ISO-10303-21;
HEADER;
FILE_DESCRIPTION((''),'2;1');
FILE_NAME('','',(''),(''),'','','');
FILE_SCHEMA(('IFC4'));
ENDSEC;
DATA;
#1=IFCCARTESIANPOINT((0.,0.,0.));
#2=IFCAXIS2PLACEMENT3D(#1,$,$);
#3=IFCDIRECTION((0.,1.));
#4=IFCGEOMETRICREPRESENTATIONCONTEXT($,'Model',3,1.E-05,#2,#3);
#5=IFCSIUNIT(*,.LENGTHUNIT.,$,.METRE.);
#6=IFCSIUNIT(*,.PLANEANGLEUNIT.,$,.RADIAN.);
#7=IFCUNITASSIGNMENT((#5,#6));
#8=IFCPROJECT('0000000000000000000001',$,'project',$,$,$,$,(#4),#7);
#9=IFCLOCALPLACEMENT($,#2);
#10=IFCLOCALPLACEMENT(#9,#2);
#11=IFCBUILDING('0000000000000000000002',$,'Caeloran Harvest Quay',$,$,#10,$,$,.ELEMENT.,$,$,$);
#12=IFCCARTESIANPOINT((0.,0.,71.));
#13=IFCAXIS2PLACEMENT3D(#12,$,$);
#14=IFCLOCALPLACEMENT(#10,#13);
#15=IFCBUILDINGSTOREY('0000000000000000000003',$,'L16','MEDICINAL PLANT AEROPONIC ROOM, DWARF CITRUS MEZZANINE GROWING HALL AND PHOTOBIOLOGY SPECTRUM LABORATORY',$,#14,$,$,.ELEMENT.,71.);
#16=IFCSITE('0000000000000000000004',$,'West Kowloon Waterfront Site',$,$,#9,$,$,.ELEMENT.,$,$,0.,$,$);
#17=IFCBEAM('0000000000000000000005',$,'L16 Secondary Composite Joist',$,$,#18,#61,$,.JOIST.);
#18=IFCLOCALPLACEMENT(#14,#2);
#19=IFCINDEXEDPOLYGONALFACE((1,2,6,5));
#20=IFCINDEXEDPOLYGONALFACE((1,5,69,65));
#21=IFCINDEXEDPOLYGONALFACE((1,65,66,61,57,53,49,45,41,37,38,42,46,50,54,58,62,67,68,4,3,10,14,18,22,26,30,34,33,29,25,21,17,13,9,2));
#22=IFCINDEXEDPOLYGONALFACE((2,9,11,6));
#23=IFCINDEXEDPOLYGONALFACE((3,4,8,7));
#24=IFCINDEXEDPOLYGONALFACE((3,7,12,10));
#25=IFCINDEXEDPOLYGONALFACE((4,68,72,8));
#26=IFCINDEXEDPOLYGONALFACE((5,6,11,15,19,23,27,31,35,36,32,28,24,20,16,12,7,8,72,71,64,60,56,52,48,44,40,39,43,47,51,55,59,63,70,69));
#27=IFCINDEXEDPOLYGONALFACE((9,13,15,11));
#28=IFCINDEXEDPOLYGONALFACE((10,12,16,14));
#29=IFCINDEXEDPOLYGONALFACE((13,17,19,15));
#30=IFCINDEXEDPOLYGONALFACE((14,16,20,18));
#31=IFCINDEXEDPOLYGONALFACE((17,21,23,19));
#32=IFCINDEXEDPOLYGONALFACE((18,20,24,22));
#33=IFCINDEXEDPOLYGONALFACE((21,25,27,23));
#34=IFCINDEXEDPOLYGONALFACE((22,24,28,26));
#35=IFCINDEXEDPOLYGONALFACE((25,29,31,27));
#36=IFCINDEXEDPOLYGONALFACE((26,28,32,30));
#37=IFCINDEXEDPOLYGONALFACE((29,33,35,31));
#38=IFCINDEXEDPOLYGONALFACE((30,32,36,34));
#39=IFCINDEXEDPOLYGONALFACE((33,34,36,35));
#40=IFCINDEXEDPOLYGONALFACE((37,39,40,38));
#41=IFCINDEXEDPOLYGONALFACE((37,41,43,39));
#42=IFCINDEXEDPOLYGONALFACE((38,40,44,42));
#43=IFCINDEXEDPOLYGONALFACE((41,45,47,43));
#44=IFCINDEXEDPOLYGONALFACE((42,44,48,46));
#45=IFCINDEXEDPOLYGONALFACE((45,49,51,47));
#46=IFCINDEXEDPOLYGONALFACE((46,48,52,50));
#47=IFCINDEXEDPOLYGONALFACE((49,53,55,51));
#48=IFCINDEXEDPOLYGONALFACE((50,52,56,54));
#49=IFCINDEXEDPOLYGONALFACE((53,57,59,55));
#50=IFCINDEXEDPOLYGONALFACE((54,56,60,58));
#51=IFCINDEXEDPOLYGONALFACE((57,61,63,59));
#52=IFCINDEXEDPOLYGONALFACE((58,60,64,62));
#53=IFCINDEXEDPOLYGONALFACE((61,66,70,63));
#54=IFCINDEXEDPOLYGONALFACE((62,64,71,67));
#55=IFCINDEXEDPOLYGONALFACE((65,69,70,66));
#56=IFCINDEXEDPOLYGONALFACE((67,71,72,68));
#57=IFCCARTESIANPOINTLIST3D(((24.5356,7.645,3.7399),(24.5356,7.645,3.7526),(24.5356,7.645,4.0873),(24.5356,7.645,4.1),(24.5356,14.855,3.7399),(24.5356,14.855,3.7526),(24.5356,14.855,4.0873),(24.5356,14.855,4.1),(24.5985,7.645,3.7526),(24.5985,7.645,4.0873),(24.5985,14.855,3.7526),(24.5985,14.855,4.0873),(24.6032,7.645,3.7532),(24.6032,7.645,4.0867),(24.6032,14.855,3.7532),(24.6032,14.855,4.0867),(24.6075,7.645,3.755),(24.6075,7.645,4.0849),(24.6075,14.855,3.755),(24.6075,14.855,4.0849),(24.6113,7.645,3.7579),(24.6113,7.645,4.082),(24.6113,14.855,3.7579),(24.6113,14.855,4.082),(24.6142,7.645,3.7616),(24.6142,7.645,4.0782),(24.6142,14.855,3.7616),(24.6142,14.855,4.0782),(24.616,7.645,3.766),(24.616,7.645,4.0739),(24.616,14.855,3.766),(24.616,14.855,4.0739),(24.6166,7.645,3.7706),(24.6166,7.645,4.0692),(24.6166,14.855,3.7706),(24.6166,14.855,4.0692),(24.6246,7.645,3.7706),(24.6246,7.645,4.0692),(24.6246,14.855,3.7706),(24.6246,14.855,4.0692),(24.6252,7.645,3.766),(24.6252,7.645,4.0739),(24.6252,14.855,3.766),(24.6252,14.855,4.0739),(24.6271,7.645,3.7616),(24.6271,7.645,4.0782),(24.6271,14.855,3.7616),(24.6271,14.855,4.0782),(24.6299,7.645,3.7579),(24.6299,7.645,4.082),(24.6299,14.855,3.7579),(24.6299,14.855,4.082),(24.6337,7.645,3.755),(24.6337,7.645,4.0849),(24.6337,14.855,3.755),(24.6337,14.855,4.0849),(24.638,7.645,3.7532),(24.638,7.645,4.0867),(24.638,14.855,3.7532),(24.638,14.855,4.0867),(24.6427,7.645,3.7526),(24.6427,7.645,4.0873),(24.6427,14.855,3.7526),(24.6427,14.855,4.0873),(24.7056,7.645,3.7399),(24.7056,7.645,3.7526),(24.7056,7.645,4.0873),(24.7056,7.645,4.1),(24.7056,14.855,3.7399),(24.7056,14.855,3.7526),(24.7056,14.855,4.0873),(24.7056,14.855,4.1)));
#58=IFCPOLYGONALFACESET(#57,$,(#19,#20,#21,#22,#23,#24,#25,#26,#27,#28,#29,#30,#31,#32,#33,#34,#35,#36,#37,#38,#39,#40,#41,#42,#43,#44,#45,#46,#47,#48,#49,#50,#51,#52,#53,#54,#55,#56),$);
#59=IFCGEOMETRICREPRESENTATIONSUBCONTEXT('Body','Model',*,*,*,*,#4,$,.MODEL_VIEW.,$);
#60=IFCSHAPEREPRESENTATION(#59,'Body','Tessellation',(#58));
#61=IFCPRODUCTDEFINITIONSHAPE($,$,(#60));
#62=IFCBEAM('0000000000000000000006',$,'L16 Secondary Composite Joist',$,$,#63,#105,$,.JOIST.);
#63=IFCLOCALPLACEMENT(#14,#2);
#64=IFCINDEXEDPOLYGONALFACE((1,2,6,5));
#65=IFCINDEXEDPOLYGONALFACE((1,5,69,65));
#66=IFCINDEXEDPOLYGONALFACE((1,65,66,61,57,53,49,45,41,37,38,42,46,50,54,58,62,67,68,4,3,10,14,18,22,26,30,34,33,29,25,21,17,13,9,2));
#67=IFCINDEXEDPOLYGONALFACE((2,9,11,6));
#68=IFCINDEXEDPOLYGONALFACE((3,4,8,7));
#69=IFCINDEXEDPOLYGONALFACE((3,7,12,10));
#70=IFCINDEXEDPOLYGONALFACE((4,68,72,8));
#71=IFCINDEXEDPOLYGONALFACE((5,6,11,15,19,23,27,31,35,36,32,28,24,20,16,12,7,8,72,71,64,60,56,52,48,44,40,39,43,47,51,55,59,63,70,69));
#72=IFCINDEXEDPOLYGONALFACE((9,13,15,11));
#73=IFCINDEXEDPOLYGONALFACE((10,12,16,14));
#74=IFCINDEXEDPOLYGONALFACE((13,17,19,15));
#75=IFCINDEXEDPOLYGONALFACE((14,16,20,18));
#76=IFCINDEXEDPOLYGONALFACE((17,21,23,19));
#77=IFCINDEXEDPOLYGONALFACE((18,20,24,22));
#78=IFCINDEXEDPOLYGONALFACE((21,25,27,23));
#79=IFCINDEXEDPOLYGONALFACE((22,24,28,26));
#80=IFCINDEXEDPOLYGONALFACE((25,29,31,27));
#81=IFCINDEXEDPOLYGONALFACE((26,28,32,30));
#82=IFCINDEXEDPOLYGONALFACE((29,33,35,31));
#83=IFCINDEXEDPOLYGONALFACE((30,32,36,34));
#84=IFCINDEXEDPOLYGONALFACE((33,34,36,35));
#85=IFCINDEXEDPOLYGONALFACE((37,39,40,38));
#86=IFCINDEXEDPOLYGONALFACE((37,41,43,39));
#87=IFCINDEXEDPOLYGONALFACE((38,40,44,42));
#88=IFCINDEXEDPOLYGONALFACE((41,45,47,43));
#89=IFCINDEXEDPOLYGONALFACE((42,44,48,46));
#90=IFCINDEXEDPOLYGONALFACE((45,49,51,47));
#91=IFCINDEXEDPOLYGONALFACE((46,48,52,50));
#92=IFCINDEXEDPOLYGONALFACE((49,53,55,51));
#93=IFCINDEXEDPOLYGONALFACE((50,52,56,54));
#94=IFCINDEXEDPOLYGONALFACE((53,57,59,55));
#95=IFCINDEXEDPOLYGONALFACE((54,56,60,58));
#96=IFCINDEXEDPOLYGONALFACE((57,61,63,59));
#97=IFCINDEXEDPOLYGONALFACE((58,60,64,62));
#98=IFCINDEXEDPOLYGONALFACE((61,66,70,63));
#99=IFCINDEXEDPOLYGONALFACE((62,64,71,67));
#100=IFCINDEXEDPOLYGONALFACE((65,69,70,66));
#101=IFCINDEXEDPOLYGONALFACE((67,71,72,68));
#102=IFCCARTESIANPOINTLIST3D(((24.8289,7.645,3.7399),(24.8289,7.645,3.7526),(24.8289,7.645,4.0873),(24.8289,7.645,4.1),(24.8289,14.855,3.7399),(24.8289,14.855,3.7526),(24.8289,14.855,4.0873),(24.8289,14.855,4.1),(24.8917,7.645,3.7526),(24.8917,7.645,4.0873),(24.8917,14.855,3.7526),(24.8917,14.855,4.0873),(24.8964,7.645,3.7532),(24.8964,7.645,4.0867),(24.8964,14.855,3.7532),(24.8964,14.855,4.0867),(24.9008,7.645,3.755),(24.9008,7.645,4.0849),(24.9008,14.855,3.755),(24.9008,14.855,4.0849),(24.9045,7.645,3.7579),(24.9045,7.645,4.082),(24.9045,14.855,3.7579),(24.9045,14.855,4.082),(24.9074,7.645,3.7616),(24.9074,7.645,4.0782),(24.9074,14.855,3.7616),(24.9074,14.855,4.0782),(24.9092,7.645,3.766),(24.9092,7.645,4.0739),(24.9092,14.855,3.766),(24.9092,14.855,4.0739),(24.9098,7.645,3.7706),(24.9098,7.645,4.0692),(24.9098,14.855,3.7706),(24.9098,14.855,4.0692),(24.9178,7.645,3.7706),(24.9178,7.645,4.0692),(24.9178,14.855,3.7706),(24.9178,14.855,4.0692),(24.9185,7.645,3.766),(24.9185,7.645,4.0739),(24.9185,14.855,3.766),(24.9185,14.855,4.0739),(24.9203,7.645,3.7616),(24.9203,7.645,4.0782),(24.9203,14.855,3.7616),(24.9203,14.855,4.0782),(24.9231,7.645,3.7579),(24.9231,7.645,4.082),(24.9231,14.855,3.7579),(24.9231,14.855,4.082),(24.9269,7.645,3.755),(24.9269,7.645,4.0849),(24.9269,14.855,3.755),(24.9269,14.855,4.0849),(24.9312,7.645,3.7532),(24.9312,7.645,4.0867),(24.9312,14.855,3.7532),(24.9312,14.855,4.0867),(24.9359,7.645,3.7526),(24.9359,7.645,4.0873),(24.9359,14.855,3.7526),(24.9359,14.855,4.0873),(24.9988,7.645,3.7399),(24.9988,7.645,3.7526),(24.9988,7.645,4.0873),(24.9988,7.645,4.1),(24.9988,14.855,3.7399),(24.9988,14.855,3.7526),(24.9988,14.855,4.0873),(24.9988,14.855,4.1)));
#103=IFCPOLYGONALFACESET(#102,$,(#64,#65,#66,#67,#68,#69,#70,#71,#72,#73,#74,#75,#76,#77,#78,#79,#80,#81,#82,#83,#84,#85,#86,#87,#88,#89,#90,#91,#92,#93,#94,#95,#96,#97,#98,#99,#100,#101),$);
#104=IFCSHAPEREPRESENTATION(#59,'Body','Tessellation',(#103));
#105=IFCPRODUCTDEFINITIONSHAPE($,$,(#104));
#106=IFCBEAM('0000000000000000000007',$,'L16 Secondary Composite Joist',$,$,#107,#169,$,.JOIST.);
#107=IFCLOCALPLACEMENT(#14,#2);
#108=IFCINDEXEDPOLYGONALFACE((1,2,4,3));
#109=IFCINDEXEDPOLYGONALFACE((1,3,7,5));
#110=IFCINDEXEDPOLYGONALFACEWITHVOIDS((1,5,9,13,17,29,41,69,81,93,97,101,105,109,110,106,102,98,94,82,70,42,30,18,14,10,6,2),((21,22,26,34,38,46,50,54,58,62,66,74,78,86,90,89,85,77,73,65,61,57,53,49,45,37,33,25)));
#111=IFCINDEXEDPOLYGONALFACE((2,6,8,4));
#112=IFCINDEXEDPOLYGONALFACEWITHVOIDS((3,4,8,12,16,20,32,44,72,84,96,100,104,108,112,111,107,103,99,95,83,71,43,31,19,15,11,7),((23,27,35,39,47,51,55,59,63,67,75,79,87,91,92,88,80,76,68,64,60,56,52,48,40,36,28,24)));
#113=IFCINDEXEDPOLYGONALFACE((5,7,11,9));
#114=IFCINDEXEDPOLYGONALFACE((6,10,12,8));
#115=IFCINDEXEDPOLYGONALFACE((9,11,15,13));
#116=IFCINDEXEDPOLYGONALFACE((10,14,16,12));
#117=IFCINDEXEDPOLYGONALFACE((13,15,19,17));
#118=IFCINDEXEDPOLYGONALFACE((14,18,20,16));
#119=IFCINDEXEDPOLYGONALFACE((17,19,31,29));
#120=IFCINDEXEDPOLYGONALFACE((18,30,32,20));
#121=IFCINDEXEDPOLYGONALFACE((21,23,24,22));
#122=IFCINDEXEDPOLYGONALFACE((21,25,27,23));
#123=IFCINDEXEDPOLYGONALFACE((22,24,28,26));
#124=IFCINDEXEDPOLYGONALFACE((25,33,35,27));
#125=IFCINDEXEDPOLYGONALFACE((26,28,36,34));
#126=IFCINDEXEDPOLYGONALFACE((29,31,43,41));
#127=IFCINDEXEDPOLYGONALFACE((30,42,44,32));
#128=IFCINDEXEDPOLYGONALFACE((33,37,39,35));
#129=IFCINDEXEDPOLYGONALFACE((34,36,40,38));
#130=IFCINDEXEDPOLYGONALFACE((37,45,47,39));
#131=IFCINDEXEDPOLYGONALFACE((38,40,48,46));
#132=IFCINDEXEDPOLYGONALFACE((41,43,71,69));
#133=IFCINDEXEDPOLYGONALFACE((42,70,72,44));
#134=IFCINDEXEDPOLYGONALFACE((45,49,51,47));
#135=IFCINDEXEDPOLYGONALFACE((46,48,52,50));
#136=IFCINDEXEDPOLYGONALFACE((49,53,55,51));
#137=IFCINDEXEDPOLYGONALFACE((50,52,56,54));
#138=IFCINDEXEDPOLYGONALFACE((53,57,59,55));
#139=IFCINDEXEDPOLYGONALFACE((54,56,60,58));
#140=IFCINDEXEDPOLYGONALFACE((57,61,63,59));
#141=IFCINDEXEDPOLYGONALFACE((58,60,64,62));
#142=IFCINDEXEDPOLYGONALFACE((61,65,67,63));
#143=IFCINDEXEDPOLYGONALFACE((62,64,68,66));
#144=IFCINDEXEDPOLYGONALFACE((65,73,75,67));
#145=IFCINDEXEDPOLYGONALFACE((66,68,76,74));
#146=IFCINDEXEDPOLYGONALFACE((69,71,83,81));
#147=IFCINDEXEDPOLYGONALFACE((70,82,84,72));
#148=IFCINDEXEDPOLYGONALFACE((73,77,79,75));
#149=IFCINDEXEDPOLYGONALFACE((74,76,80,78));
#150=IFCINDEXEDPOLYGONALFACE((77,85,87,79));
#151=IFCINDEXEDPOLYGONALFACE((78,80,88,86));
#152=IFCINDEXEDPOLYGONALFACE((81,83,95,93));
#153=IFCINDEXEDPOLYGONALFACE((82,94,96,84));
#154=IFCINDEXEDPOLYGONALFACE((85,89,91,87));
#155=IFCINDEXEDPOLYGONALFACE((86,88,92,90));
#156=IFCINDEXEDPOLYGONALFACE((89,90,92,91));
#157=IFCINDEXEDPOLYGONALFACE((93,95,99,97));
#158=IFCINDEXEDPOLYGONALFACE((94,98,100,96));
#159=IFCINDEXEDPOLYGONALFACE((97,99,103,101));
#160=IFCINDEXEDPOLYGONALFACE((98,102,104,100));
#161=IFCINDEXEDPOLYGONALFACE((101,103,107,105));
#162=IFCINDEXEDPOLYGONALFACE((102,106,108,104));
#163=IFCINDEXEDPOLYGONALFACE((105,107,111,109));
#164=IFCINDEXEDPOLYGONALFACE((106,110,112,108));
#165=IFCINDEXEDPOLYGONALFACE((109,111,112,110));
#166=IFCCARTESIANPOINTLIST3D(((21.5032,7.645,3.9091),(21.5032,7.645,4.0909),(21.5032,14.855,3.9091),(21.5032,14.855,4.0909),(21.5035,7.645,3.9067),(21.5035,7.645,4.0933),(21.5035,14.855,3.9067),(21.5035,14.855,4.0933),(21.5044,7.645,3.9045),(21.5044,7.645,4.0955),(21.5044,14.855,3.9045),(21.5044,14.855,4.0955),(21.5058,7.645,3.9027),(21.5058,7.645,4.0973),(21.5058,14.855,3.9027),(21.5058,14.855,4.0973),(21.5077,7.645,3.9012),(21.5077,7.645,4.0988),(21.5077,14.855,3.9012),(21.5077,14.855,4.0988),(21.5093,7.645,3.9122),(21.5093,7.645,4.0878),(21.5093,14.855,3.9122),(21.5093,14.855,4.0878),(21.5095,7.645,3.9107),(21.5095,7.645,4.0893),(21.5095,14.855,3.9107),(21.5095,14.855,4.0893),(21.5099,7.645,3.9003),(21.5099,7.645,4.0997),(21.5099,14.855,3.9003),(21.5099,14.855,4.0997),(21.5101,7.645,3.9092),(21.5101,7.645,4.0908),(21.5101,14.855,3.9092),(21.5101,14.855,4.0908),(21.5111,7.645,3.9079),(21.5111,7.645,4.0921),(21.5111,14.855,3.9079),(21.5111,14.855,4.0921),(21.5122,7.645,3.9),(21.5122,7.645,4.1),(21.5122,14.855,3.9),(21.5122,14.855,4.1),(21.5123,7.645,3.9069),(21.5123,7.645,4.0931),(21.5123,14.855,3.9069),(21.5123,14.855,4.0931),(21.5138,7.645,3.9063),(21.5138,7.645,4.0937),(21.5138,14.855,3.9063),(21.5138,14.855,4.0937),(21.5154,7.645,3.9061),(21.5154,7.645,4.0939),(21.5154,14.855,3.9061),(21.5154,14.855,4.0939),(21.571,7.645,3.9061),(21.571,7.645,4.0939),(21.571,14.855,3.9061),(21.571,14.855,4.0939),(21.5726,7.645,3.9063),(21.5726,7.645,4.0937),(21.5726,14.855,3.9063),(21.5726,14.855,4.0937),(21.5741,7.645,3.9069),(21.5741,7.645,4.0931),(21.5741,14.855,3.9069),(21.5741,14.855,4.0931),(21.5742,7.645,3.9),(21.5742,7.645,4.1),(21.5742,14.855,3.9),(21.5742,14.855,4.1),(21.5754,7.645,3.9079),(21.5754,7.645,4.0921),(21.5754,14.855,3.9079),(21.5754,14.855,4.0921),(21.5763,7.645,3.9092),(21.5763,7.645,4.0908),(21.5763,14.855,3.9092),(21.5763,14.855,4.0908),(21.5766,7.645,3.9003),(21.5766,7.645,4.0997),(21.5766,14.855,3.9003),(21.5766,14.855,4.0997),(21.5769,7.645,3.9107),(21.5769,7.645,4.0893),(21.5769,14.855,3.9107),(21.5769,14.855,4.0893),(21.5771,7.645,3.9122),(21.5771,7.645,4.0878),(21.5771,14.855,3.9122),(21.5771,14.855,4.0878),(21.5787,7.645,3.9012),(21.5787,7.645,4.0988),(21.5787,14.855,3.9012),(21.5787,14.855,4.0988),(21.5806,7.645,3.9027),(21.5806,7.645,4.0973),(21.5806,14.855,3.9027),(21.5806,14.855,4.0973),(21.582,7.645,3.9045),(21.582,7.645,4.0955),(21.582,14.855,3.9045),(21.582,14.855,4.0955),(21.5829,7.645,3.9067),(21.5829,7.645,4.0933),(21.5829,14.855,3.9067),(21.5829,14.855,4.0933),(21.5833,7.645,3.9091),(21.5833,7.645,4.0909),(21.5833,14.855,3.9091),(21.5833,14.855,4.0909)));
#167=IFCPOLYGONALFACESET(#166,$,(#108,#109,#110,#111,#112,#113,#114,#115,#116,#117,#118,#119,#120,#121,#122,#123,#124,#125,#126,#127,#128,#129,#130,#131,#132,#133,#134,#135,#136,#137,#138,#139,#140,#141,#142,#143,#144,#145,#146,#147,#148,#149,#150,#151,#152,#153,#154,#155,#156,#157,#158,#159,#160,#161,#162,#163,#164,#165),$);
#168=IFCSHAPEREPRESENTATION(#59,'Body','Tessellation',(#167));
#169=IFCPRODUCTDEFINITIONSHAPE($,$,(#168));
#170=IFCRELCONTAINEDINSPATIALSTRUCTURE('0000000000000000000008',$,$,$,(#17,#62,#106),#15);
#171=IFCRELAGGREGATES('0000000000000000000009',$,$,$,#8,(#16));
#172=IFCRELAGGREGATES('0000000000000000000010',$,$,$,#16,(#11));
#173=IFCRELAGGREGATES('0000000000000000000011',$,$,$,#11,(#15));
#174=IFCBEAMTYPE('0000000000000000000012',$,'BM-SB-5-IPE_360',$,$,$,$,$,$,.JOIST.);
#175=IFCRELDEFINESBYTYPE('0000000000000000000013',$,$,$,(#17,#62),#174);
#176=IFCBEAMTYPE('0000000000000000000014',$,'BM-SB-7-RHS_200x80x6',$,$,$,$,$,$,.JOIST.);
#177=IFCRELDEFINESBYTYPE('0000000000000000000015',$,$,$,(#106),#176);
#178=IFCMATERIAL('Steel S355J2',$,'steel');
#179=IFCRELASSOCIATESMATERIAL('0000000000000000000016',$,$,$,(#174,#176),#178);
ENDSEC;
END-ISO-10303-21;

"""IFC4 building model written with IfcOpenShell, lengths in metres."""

from ifc_helpers import new_model, si_unit, direction, frame, origin, origin_2d, place, context, subcontext, project, spatial, hollow_rectangle, i_section, extrude, material, material_profile, profile_set, type_object, element, save


model = new_model("IFC4")

# Units and contexts
model_context = context("Model", 3, precision=1e-05, world=origin(), true_north=direction((0.0, 1.0)))
body_context = subcontext(model_context, "Body", "Model", "MODEL_VIEW")
ifc_project = project(units=[si_unit("LENGTHUNIT", "METRE"), si_unit("PLANEANGLEUNIT", "RADIAN")], contexts=[model_context])

# Site, building, storey
site_placement = place(None, origin())
site = spatial("IfcSite", under=ifc_project, at=site_placement, Name="West Kowloon Waterfront Site", CompositionType="ELEMENT", RefElevation=0.0)
building_placement = place(site_placement, origin())
building = spatial("IfcBuilding", under=site, at=building_placement, Name="Caeloran Harvest Quay", CompositionType="ELEMENT")
storey_placement = place(building_placement, frame((0.0, 0.0, 71.0)))
storey = spatial("IfcBuildingStorey", under=building, at=storey_placement, Name="L16", Description="MEDICINAL PLANT AEROPONIC ROOM, DWARF CITRUS MEZZANINE GROWING HALL AND PHOTOBIOLOGY SPECTRUM LABORATORY", CompositionType="ELEMENT", Elevation=71.0)

# Beams
ifc_material_1 = material(Name="Steel S355J2", Category="steel")
ifc_material_profile_1 = material_profile(ifc_material_1, i_section(OverallWidth=0.1699, OverallDepth=0.3601, WebThickness=0.0081, FlangeThickness=0.0127, FilletRadius=0.0181, at=origin_2d()), Name="IPE 360")
ifc_profile_set_1 = profile_set([ifc_material_profile_1], Name="Steel S355J2")
beam_type_1 = type_object("IfcBeamType", Name="BM-SB-5-IPE_360", PredefinedType="JOIST", material=ifc_profile_set_1)
for number, where, z_axis, x_axis, name in (
    (1, (24.6206, 7.645, 3.9199), (0.0, 1.0, 0.0), (-1.0, 0.0, 0.0), "L16 Secondary Composite Joist"),
    (2, (24.9138, 7.645, 3.9199), (0.0, 1.0, 0.0), (-1.0, 0.0, 0.0), "L16 Secondary Composite Joist"),
):
    element("IfcBeam", number, at=place(storey_placement, frame(where, z_axis=z_axis, x_axis=x_axis)), inside=storey, type_object=beam_type_1, Name=name, PredefinedType="JOIST", context=body_context, shape_type="SweptSolid", body=[
        extrude(i_section(OverallWidth=0.1699, OverallDepth=0.3601, WebThickness=0.0081, FlangeThickness=0.0127, FilletRadius=0.0181, at=origin_2d()), origin(), (0.0, 0.0, 1.0), 7.21),
    ])
ifc_material_profile_2 = material_profile(ifc_material_1, hollow_rectangle(XDim=0.0801, YDim=0.2, WallThickness=0.0061, InnerFilletRadius=0.0061, OuterFilletRadius=0.009, at=origin_2d()), Name="RHS 200x80x6")
ifc_profile_set_2 = profile_set([ifc_material_profile_2], Name="Steel S355J2")
beam_type_2 = type_object("IfcBeamType", Name="BM-SB-7-RHS_200x80x6", PredefinedType="JOIST", material=ifc_profile_set_2)
for number, where, z_axis, x_axis, name in (
    (3, (21.5432, 7.645, 4.0), (0.0, 1.0, 0.0), (-1.0, 0.0, 0.0), "L16 Secondary Composite Joist"),
):
    element("IfcBeam", number, at=place(storey_placement, frame(where, z_axis=z_axis, x_axis=x_axis)), inside=storey, type_object=beam_type_2, Name=name, PredefinedType="JOIST", context=body_context, shape_type="SweptSolid", body=[
        extrude(hollow_rectangle(XDim=0.0801, YDim=0.2, WallThickness=0.0061, InnerFilletRadius=0.0061, OuterFilletRadius=0.009, at=origin_2d()), origin(), (0.0, 0.0, 1.0), 7.21),
    ])

save(model, "model.ifc")
